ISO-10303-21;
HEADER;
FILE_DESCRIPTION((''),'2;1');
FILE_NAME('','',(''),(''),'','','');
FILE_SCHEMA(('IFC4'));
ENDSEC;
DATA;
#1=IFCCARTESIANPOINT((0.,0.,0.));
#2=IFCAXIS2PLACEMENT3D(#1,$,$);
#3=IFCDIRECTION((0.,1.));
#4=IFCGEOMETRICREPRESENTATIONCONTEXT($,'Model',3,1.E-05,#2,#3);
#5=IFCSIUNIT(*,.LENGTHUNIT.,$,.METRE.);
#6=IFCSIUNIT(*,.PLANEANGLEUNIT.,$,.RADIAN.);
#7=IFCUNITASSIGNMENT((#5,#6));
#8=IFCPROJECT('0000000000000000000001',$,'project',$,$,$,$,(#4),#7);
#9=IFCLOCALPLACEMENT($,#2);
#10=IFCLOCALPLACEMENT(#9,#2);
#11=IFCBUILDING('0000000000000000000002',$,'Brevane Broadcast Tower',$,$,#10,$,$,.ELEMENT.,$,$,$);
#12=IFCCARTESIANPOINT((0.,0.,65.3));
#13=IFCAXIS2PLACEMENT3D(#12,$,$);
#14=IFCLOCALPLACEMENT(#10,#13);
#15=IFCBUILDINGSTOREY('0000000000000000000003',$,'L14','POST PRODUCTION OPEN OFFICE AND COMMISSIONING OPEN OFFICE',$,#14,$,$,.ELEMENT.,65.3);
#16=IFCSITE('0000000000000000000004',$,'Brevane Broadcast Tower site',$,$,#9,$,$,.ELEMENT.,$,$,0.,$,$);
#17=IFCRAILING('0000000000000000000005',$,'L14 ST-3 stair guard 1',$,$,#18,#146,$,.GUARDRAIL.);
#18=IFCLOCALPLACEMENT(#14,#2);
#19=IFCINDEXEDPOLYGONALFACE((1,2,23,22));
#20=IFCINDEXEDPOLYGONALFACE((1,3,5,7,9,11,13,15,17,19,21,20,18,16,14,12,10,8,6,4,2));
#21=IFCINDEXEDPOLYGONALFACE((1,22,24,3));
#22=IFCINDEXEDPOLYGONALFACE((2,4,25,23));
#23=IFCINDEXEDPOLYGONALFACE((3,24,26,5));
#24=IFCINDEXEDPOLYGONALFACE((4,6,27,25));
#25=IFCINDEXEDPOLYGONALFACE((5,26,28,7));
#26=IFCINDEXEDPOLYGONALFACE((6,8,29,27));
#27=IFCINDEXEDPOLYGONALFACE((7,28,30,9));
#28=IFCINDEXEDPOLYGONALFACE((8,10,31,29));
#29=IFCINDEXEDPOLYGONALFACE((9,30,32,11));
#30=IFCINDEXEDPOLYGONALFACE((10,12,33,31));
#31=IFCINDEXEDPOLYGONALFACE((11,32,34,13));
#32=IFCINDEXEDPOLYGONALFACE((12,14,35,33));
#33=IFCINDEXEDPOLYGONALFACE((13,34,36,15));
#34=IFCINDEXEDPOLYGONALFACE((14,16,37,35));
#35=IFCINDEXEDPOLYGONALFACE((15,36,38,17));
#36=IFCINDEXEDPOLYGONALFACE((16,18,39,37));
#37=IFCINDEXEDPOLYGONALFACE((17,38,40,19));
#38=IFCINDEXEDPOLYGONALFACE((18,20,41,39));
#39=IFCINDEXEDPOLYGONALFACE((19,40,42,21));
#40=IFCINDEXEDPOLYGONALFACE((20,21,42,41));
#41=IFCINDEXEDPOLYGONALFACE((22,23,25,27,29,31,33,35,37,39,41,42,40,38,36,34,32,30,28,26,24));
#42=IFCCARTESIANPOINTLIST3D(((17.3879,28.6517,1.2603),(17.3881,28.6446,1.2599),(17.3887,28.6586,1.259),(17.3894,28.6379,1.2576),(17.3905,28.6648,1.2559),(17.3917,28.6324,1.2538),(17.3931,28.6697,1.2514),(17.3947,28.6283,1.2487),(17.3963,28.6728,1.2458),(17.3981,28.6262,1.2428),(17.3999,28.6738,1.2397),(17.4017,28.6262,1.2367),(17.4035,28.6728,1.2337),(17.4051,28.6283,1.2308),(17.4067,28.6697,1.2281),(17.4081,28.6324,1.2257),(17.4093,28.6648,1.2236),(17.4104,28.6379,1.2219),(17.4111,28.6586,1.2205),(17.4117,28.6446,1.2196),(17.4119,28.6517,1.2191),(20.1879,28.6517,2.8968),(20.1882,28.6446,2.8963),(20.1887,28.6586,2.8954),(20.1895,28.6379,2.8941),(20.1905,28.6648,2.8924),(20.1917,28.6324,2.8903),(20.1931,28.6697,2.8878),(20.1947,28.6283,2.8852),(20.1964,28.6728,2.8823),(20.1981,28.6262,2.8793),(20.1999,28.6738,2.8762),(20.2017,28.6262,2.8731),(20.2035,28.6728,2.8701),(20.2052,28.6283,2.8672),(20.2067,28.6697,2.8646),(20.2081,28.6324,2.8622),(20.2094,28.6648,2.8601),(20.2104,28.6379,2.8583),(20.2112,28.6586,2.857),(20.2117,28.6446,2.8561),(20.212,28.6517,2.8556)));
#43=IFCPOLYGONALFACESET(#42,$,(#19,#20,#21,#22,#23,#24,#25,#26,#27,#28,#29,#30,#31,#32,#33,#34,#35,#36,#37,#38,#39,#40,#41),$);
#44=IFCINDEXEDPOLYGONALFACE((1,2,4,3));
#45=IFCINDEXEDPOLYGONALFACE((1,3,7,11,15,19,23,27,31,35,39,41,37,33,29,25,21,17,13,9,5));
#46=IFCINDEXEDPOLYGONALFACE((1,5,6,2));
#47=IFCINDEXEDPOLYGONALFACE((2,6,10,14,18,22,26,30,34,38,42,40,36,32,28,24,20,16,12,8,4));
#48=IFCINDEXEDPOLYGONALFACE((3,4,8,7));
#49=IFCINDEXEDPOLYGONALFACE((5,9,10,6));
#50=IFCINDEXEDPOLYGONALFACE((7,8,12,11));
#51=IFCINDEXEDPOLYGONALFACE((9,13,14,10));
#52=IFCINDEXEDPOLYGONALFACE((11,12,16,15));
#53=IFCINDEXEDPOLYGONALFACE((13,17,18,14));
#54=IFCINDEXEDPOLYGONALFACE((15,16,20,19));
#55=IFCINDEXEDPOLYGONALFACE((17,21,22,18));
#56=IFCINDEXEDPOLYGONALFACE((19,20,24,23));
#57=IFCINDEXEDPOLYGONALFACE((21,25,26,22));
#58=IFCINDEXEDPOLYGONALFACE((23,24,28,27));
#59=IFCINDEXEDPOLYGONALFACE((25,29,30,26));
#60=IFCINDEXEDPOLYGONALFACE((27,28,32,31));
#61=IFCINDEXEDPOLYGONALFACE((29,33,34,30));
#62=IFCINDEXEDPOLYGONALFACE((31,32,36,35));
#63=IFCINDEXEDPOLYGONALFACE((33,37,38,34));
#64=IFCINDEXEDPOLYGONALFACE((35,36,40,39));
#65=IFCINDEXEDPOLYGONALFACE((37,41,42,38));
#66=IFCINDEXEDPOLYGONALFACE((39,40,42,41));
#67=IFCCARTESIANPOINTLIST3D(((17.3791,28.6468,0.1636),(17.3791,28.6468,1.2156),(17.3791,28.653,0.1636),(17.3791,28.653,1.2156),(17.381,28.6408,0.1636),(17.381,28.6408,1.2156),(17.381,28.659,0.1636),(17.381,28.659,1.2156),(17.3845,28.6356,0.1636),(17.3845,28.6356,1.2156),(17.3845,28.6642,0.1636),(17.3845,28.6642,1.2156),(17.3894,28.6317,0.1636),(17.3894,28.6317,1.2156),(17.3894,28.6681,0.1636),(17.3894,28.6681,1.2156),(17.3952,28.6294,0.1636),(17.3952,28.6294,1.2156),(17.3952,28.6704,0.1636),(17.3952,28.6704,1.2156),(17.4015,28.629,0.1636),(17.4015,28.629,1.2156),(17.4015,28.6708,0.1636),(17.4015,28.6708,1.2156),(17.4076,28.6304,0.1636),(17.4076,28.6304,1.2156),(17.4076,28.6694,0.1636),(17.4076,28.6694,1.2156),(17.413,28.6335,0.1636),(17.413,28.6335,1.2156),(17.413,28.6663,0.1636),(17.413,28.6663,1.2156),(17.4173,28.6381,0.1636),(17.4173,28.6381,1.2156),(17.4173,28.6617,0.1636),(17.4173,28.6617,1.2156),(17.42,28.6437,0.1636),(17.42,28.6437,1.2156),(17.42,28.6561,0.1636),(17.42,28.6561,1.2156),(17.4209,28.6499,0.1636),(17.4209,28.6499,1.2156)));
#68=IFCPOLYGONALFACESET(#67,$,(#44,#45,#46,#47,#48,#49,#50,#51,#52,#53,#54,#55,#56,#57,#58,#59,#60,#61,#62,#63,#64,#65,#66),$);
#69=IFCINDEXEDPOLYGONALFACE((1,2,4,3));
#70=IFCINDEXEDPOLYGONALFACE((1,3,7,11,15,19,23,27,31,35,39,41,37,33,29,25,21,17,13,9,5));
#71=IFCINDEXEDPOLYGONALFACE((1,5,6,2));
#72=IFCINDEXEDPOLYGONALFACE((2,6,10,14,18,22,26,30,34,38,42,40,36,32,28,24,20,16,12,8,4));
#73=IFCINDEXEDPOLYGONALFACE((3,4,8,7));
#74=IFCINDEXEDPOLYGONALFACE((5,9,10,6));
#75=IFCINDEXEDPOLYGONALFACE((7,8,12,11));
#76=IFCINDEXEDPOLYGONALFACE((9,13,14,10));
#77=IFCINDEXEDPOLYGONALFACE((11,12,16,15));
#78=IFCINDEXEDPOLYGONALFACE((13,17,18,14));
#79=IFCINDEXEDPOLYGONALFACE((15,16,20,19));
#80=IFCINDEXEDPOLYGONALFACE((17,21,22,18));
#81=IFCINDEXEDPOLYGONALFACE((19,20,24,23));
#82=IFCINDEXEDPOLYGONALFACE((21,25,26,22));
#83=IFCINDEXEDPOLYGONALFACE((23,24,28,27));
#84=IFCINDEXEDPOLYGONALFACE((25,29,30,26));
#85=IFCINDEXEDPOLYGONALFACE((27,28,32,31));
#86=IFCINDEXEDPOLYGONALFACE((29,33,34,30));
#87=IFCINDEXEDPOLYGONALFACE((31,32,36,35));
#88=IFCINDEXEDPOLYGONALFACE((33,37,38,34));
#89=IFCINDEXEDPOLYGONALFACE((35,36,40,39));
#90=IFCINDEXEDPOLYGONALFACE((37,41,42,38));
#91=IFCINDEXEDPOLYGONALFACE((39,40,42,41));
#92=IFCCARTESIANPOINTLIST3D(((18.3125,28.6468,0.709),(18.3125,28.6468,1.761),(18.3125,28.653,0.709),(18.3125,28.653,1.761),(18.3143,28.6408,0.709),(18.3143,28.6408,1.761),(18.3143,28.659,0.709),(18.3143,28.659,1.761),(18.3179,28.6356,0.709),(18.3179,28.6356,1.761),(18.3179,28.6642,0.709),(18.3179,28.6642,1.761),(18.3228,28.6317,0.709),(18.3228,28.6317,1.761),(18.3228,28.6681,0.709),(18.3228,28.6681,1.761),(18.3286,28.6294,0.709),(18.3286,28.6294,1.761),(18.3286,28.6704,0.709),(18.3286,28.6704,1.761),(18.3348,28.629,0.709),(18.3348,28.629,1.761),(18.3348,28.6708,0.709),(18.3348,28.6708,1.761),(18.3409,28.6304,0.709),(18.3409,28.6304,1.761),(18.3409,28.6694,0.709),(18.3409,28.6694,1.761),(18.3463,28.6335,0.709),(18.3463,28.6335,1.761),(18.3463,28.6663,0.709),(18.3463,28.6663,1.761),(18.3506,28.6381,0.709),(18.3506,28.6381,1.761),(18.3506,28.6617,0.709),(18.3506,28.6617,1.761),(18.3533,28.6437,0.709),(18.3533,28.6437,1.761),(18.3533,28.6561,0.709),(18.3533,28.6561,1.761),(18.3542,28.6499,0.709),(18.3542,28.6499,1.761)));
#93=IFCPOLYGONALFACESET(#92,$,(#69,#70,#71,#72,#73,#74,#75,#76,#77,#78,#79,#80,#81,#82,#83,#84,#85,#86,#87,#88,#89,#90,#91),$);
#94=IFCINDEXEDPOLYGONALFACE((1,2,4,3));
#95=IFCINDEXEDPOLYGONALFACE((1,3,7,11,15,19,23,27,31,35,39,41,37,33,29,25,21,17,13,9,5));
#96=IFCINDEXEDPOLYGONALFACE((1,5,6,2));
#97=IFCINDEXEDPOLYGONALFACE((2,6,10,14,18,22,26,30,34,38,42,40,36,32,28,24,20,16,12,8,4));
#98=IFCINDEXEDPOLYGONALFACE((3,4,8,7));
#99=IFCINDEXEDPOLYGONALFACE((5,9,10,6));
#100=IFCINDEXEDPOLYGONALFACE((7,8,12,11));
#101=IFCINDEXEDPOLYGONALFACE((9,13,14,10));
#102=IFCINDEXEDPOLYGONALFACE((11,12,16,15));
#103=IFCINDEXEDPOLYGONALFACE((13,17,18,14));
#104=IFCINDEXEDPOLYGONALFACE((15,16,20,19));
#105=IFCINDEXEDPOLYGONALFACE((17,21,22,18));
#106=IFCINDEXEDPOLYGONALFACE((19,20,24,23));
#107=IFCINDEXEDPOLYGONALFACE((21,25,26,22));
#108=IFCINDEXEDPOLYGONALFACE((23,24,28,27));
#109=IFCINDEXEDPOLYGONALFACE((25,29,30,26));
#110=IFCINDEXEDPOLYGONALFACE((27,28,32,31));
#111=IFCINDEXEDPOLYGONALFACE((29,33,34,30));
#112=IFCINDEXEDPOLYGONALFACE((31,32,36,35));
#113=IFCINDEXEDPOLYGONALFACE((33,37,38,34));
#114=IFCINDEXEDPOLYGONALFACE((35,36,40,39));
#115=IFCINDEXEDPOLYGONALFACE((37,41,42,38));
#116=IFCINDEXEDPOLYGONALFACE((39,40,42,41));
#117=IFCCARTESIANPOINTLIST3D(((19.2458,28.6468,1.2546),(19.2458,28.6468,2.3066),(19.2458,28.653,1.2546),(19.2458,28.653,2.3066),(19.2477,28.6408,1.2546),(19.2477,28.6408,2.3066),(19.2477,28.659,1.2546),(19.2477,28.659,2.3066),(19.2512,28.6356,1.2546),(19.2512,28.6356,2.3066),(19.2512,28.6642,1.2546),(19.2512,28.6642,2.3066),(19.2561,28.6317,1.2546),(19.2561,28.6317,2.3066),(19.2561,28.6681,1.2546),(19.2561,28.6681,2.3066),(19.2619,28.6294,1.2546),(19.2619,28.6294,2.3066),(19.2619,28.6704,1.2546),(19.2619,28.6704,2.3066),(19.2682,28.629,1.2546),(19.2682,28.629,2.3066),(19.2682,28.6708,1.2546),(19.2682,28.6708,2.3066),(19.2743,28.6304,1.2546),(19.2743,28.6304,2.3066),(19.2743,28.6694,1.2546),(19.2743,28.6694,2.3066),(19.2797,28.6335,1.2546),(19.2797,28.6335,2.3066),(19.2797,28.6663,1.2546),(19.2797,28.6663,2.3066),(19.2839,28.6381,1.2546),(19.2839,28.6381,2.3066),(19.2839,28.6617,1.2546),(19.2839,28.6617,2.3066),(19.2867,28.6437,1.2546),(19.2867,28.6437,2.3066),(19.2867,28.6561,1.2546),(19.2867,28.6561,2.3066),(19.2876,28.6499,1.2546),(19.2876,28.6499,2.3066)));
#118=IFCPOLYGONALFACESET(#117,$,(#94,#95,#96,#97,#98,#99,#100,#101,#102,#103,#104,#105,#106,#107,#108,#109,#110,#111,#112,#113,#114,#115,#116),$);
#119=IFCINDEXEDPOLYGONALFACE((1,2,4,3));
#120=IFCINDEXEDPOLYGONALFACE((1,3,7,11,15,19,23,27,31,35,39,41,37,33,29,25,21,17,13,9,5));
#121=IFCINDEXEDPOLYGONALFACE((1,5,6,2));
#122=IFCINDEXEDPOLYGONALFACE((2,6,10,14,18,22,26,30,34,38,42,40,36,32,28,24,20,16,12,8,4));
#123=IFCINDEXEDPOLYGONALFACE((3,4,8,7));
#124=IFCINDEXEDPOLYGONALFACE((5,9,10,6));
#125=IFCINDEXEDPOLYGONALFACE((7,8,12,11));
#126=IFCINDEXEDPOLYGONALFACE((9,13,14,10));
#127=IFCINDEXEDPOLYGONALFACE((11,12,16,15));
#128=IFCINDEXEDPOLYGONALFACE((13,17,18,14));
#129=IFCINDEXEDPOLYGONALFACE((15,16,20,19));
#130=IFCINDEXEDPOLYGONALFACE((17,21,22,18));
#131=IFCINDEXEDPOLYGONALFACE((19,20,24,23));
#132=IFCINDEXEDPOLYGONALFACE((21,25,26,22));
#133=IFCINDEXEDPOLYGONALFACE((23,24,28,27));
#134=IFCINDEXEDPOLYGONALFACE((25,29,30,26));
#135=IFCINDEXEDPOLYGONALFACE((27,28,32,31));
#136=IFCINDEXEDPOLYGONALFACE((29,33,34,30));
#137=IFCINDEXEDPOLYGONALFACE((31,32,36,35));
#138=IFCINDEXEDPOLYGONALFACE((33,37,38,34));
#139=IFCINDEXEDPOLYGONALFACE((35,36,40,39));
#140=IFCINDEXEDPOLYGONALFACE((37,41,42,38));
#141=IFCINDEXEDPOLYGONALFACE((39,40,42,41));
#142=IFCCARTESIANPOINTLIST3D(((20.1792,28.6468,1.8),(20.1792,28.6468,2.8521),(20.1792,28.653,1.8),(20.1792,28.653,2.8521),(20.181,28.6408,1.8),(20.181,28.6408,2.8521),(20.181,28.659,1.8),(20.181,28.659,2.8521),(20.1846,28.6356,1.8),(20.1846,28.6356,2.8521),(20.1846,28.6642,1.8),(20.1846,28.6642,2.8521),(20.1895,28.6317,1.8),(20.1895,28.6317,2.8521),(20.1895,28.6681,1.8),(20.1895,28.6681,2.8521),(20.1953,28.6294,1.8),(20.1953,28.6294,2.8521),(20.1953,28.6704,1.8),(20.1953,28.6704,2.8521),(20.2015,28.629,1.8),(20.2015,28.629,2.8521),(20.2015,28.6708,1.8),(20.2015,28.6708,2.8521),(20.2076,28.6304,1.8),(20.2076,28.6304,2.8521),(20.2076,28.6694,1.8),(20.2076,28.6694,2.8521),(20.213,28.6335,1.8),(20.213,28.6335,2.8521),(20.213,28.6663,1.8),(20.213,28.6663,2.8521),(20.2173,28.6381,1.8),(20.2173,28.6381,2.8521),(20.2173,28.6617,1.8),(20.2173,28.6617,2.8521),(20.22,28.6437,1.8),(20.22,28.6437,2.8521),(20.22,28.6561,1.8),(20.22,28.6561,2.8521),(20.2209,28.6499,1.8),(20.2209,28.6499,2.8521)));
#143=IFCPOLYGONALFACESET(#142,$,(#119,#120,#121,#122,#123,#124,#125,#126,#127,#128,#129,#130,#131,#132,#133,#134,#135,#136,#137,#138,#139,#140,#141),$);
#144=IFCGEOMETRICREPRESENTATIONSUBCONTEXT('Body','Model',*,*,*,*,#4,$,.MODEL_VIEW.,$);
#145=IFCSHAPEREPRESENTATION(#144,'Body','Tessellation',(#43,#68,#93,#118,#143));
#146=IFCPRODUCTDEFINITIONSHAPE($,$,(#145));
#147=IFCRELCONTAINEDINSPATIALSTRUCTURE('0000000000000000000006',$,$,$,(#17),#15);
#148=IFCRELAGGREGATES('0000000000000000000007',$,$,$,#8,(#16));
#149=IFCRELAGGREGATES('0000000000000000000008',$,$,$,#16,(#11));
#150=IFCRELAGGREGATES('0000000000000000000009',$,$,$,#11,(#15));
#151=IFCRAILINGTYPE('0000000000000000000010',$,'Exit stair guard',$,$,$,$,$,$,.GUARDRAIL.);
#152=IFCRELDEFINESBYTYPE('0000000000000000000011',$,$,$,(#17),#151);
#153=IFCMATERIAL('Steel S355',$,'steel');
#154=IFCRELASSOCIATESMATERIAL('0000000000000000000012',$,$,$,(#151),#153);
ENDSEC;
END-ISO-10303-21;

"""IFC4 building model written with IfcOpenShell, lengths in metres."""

from ifc_helpers import new_model, si_unit, direction, frame, origin, origin_2d, place, context, subcontext, project, spatial, circle, extrude, material, type_object, element, save


model = new_model("IFC4")

# Units and contexts
model_context = context("Model", 3, precision=1e-05, world=origin(), true_north=direction((0.0, 1.0)))
body_context = subcontext(model_context, "Body", "Model", "MODEL_VIEW")
ifc_project = project(units=[si_unit("LENGTHUNIT", "METRE"), si_unit("PLANEANGLEUNIT", "RADIAN")], contexts=[model_context])

# Site, building, storey
site_placement = place(None, origin())
site = spatial("IfcSite", under=ifc_project, at=site_placement, Name="Brevane Broadcast Tower site", CompositionType="ELEMENT", RefElevation=0.0)
building_placement = place(site_placement, origin())
building = spatial("IfcBuilding", under=site, at=building_placement, Name="Brevane Broadcast Tower", CompositionType="ELEMENT")
storey_placement = place(building_placement, frame((0.0, 0.0, 65.3)))
storey = spatial("IfcBuildingStorey", under=building, at=storey_placement, Name="L14", Description="POST PRODUCTION OPEN OFFICE AND COMMISSIONING OPEN OFFICE", CompositionType="ELEMENT", Elevation=65.3)

# Railing
ifc_material_1 = material(Name="Steel S355", Category="steel")
railing_type_1 = type_object("IfcRailingType", Name="Exit stair guard", PredefinedType="GUARDRAIL", material=ifc_material_1)
railing_1_placement = place(storey_placement, frame((17.3999, 28.6499, 0.1636)))
element("IfcRailing", 1, at=railing_1_placement, inside=storey, type_object=railing_type_1, Name="L14 ST-3 stair guard 1", PredefinedType="GUARDRAIL", context=body_context, shape_type="SweptSolid", body=[
    extrude(circle(Radius=0.0239, at=origin_2d()), frame((0.0, 0.0, 1.0762), z_axis=(0.863361, 0.0, 0.504587), x_axis=(0.0, 1.0, 0.0)), (0.0, 0.0, 1.0), 3.2432),
    extrude(circle(Radius=0.021, at=origin_2d()), origin(), (0.0, 0.0, 1.0), 1.052),
    extrude(circle(Radius=0.021, at=origin_2d()), frame((0.9333, 0.0, 0.5454)), (0.0, 0.0, 1.0), 1.052),
    extrude(circle(Radius=0.021, at=origin_2d()), frame((1.8667, 0.0, 1.0911)), (0.0, 0.0, 1.0), 1.052),
    extrude(circle(Radius=0.021, at=origin_2d()), frame((2.8, 0.0, 1.6365)), (0.0, 0.0, 1.0), 1.052),
])

save(model, "model.ifc")
